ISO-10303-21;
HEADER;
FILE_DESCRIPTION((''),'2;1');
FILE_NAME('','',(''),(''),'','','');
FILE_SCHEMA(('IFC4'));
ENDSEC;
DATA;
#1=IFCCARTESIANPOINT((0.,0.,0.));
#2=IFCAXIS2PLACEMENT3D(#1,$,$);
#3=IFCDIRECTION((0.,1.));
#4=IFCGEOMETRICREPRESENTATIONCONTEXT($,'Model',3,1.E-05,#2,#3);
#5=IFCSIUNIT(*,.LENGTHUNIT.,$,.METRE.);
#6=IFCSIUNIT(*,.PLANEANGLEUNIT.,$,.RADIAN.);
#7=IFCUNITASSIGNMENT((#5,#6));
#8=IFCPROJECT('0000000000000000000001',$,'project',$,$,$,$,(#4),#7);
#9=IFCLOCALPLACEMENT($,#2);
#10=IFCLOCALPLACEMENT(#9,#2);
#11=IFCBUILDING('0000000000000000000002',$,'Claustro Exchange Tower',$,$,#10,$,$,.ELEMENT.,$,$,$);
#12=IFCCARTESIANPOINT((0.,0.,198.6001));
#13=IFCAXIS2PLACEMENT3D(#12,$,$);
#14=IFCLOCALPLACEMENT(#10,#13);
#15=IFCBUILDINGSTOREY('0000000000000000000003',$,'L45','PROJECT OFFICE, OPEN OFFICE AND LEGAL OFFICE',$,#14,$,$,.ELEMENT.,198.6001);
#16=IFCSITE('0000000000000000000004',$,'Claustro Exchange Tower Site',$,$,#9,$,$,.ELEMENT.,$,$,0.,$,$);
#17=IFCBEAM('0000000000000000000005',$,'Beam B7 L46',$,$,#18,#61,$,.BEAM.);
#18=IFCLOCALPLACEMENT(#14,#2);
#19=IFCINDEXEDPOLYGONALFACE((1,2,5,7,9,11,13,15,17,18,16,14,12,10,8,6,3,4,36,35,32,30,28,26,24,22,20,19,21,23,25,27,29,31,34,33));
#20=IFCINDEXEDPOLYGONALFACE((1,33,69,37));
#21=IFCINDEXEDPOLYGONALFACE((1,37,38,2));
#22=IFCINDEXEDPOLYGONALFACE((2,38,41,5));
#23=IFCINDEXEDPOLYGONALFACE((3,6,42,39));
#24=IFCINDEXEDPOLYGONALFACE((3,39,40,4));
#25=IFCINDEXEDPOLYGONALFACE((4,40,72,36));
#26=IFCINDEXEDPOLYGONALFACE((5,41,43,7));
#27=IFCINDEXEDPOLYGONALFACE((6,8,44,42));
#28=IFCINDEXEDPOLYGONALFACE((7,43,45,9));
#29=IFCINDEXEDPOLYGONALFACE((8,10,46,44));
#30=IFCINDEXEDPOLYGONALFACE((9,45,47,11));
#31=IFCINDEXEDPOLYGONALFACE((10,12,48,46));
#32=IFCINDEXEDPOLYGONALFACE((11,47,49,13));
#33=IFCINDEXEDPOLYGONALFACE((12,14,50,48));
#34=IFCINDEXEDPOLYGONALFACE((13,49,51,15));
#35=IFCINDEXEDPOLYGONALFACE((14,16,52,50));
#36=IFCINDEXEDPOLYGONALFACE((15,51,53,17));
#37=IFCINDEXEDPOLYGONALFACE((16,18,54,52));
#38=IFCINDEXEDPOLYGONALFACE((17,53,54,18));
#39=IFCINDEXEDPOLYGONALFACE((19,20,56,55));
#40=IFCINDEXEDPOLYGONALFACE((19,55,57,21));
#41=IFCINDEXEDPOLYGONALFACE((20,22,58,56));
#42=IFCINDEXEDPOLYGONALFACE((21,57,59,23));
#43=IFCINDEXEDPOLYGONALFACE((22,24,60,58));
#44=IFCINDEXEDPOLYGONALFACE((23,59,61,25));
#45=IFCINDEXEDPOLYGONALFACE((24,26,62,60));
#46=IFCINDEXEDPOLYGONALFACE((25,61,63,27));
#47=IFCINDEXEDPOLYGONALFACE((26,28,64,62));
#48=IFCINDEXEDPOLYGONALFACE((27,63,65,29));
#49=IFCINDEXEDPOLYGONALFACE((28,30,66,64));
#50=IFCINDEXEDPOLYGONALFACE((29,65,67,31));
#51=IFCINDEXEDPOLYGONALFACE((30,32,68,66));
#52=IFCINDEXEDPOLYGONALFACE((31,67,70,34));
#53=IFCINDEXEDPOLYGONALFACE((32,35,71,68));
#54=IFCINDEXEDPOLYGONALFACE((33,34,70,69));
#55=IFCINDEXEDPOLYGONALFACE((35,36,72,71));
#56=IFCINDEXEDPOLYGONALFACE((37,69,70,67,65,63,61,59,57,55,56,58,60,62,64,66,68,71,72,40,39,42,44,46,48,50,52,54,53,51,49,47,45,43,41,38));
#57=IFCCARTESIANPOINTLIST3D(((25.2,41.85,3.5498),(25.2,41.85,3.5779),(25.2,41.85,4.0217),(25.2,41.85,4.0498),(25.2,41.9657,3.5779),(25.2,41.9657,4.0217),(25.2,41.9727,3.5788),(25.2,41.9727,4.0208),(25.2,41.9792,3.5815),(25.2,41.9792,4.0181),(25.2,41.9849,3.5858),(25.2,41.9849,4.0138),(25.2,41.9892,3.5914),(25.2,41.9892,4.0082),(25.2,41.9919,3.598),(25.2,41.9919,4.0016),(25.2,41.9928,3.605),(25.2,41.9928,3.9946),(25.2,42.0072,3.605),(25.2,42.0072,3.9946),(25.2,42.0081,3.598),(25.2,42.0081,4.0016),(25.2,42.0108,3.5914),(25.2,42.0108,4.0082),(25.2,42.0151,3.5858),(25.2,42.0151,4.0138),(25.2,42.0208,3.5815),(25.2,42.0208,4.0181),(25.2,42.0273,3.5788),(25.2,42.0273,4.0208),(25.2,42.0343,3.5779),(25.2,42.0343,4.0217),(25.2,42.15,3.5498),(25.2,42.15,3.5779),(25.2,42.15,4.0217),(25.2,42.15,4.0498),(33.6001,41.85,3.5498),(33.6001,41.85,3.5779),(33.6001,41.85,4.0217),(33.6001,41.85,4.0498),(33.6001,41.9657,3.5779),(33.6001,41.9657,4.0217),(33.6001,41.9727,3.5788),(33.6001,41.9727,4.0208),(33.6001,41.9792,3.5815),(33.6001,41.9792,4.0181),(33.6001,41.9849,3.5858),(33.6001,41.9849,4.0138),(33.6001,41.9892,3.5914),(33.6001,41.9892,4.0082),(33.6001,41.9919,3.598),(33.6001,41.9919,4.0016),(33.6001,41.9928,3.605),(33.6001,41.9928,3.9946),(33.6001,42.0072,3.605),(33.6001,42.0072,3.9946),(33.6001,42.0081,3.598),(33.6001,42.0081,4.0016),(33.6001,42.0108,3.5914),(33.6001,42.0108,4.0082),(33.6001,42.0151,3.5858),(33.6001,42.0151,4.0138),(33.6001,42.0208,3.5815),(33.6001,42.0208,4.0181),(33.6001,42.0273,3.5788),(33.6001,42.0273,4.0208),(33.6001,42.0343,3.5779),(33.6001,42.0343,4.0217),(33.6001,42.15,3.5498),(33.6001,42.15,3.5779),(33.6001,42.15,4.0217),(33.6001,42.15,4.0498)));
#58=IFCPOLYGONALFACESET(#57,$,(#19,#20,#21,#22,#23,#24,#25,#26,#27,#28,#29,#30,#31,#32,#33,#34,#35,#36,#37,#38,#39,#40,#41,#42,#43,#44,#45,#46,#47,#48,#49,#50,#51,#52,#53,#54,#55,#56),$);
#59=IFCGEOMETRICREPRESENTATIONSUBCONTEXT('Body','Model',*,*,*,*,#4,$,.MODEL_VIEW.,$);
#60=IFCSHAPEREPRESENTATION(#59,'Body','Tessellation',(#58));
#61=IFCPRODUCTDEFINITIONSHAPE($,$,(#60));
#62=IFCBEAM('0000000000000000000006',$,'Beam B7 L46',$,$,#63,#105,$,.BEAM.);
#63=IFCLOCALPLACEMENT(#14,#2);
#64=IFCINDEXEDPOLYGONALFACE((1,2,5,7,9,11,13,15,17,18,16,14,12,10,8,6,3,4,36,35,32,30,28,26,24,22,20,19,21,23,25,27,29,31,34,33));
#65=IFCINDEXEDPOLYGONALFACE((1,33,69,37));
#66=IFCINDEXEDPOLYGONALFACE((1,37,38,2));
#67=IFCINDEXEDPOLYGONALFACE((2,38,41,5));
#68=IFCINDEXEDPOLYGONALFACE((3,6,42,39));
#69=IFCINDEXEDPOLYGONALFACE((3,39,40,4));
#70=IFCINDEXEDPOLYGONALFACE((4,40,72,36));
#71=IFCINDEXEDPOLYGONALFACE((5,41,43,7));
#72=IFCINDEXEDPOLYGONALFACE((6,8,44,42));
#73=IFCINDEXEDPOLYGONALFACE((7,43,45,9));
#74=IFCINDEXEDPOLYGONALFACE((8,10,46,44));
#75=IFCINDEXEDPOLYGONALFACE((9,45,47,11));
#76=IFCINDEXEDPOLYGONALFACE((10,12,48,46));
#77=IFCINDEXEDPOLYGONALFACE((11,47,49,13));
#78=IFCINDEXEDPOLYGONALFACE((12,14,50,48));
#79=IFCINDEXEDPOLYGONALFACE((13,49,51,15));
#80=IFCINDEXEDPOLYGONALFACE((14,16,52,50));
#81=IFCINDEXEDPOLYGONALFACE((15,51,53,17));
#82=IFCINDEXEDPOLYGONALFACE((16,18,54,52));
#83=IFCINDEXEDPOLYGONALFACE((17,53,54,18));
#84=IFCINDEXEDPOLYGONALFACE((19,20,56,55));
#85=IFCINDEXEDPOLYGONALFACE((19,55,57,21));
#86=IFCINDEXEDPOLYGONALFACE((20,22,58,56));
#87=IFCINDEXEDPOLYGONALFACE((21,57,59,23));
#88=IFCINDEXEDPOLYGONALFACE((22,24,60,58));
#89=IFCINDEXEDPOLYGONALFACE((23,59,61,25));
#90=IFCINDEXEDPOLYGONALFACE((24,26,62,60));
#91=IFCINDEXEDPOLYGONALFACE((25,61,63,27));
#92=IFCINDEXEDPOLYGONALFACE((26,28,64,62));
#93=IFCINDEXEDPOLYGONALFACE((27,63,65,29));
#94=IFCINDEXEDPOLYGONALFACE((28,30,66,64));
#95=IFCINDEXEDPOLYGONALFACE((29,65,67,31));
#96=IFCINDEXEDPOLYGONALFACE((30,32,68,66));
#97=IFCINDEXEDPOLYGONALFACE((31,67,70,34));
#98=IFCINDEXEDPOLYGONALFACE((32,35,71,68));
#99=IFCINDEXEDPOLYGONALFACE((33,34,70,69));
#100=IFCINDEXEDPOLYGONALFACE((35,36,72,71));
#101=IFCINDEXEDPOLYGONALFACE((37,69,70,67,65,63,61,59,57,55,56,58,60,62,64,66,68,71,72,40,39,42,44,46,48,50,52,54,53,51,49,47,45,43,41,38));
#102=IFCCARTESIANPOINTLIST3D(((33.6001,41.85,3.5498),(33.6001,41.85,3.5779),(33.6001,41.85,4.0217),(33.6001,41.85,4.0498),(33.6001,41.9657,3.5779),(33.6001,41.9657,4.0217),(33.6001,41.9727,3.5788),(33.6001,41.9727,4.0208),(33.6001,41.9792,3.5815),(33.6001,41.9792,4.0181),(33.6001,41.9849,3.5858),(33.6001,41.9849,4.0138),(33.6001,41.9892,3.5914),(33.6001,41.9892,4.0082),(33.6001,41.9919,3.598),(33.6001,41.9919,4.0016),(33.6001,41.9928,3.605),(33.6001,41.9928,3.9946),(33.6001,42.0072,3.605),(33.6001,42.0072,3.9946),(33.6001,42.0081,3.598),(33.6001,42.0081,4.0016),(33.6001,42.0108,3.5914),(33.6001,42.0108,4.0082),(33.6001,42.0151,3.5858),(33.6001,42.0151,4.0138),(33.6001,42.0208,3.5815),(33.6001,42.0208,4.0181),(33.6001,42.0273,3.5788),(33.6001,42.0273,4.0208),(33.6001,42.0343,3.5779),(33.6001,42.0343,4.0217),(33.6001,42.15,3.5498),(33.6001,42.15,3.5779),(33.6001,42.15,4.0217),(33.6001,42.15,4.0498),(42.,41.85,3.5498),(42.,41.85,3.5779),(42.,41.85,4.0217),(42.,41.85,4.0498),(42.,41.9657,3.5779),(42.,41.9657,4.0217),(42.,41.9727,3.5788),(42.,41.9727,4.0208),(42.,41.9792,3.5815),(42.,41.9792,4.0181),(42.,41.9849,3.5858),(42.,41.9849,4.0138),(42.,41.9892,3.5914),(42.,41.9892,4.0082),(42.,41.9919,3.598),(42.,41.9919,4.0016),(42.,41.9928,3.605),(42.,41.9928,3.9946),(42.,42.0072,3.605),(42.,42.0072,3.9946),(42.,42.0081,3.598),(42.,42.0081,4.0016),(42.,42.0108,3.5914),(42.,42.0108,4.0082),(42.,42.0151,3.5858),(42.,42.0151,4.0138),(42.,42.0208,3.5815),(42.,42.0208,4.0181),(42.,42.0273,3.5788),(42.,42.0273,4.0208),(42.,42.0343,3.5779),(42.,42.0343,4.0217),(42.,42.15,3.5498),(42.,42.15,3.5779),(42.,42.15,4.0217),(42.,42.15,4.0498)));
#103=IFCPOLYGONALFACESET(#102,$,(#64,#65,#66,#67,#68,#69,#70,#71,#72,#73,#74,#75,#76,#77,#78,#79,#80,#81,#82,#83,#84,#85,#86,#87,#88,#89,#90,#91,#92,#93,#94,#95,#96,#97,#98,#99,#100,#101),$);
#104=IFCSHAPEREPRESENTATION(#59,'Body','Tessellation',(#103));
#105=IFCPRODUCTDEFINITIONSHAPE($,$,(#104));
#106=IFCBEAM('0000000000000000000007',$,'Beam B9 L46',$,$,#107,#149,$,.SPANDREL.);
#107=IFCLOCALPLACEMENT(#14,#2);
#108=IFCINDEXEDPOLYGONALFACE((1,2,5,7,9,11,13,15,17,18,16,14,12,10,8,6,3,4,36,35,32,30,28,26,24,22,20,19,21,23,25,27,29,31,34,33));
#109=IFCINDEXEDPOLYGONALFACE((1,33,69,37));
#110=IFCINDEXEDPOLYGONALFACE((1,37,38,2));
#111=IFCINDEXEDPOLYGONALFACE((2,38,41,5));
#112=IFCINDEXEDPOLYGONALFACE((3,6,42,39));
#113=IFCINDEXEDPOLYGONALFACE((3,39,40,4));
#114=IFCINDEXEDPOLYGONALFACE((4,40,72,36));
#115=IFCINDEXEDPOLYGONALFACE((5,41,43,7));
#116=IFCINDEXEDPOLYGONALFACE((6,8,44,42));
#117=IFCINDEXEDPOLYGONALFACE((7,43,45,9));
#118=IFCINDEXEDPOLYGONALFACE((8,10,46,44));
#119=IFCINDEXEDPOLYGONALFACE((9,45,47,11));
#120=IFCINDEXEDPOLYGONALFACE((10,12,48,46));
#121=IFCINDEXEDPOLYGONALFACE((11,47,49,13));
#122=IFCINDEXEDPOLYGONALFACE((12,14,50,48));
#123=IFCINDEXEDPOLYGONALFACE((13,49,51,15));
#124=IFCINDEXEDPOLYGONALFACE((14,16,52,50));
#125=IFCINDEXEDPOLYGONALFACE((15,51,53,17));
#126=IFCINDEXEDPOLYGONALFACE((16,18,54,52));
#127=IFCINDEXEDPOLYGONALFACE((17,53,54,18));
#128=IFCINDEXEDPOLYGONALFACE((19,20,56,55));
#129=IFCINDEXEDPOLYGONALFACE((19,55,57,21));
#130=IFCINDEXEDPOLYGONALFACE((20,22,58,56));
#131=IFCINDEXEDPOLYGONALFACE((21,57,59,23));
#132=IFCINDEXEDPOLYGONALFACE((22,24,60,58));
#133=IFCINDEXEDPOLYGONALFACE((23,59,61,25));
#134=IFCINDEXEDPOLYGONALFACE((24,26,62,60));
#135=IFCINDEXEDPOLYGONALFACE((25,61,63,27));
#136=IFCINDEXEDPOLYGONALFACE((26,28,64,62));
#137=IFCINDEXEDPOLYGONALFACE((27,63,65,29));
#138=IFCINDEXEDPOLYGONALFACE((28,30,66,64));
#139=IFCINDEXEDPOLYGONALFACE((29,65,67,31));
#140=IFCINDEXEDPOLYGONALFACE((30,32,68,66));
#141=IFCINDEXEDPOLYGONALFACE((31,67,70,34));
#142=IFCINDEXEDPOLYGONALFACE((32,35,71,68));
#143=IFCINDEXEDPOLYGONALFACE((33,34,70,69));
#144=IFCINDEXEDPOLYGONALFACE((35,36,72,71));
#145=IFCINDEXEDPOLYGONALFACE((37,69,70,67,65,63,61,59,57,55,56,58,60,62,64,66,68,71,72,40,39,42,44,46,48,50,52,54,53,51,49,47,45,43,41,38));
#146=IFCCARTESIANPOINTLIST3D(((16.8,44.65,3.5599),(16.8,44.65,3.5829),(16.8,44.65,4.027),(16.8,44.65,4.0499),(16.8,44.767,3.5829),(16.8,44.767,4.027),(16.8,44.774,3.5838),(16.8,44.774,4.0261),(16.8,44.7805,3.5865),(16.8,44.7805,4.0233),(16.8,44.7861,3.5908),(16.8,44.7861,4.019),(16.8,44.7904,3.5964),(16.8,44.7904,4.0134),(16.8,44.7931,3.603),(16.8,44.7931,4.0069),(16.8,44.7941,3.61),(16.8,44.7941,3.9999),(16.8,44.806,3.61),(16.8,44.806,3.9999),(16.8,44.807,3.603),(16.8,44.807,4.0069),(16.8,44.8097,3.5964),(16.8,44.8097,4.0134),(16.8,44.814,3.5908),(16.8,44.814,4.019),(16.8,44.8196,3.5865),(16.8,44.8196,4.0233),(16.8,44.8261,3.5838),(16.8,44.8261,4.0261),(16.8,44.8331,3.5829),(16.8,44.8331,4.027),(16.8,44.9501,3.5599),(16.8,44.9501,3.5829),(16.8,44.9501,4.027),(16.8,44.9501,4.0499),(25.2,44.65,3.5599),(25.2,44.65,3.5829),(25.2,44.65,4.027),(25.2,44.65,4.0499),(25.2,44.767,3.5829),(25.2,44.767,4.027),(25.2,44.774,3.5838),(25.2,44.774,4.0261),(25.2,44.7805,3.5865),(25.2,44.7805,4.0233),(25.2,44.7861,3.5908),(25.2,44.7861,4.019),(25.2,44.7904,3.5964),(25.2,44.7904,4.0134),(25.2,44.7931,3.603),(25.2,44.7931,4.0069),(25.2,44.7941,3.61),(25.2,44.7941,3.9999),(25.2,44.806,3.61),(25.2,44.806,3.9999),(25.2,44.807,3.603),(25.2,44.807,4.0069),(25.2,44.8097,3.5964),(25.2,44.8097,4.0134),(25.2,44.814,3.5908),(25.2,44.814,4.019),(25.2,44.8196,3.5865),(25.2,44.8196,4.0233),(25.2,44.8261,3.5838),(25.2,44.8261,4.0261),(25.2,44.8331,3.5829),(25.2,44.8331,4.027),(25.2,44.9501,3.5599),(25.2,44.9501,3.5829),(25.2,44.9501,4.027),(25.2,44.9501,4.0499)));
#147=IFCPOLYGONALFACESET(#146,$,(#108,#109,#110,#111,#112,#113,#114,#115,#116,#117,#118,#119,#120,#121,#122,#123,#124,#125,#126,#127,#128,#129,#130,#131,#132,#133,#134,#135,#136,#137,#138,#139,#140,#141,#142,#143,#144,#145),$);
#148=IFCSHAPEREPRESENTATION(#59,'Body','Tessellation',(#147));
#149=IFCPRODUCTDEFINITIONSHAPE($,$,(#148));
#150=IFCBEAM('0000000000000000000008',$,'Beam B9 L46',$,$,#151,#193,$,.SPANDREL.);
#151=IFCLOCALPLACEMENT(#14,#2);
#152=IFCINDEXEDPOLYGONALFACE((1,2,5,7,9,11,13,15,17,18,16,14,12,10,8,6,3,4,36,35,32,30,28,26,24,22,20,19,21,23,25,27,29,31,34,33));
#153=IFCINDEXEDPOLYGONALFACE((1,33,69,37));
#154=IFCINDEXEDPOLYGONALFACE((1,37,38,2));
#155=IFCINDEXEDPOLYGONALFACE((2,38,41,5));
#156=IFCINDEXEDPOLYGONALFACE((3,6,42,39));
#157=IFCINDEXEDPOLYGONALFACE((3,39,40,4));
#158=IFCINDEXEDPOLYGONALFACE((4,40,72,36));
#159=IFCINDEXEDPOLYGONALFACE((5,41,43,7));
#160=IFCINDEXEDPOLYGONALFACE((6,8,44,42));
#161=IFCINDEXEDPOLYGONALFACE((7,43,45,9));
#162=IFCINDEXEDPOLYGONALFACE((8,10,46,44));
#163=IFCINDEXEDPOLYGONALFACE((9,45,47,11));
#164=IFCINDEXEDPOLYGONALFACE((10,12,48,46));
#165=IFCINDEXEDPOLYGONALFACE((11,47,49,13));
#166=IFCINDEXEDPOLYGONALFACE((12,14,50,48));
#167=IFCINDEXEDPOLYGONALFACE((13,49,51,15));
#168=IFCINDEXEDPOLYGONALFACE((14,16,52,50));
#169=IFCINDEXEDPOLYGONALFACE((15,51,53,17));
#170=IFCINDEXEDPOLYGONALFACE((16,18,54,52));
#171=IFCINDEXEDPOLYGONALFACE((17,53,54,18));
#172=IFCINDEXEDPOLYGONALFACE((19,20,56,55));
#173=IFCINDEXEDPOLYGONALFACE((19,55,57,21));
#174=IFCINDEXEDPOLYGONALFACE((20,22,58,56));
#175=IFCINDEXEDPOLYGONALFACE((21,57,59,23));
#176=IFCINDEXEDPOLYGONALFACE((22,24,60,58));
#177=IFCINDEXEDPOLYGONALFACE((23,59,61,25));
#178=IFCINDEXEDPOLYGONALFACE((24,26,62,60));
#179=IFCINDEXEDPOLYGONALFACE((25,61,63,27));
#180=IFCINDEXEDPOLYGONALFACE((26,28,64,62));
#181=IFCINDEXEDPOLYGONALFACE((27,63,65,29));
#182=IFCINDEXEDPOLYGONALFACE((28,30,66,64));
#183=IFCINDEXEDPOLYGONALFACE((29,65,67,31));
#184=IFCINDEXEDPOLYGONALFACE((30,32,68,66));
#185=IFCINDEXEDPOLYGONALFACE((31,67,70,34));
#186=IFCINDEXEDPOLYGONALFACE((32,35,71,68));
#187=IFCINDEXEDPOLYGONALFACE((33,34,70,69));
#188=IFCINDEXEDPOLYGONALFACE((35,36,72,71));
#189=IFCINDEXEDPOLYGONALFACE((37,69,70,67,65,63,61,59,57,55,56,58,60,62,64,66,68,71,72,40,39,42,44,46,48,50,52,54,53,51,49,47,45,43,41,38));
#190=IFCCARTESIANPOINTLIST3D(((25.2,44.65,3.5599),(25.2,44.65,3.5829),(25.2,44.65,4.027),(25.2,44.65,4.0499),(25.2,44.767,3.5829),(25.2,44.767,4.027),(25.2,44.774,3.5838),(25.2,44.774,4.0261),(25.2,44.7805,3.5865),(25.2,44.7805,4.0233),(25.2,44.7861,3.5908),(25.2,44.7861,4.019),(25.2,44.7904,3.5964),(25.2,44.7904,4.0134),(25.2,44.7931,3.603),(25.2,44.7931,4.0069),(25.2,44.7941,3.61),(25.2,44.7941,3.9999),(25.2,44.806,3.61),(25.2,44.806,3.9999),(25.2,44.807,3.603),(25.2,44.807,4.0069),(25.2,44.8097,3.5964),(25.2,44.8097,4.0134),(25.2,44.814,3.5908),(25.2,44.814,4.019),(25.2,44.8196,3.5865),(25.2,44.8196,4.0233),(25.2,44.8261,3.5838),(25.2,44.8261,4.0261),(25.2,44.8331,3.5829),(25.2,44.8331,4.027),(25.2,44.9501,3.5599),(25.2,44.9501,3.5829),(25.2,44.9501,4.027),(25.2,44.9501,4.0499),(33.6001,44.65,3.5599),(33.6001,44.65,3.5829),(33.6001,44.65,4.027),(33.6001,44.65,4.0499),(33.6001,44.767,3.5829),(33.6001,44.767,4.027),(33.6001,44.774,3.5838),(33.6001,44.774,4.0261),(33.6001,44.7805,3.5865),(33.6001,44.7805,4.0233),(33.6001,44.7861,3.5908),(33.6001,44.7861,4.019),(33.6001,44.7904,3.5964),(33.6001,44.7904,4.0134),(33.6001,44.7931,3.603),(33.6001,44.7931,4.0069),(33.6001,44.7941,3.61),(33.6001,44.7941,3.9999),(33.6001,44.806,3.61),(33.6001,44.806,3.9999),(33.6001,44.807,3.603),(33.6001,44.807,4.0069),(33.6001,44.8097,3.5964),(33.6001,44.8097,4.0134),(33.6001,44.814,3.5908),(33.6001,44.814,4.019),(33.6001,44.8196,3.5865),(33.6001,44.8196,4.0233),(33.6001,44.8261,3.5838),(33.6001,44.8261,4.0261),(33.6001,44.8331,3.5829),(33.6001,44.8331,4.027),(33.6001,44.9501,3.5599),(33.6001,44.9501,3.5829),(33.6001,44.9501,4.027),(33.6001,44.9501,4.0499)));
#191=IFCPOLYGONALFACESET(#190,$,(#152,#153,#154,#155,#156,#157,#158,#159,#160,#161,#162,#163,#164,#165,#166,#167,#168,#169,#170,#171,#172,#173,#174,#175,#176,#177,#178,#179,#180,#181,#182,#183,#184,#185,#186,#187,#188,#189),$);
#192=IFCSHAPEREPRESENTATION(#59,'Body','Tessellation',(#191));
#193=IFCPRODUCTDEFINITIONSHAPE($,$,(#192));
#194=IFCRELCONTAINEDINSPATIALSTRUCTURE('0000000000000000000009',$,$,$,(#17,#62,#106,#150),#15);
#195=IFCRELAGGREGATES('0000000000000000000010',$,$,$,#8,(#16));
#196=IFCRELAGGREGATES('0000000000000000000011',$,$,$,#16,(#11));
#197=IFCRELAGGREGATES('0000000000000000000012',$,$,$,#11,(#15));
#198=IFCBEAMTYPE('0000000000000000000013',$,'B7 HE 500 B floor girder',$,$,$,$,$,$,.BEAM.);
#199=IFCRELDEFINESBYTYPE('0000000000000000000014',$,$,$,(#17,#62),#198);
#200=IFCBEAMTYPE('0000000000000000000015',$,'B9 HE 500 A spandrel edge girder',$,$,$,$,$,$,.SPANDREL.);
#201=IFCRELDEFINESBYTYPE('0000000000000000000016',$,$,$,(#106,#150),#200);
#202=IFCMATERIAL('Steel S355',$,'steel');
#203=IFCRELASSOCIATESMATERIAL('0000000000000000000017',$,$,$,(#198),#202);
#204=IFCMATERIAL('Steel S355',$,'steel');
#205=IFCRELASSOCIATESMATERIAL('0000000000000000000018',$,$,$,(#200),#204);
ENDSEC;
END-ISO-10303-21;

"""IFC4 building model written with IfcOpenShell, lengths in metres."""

from ifc_helpers import new_model, si_unit, direction, frame, origin, origin_2d, place, context, subcontext, project, spatial, i_section, extrude, material, material_profile, profile_set, type_object, element, save


model = new_model("IFC4")

# Units and contexts
model_context = context("Model", 3, precision=1e-05, world=origin(), true_north=direction((0.0, 1.0)))
body_context = subcontext(model_context, "Body", "Model", "MODEL_VIEW")
ifc_project = project(units=[si_unit("LENGTHUNIT", "METRE"), si_unit("PLANEANGLEUNIT", "RADIAN")], contexts=[model_context])

# Site, building, storey
site_placement = place(None, origin())
site = spatial("IfcSite", under=ifc_project, at=site_placement, Name="Claustro Exchange Tower Site", CompositionType="ELEMENT", RefElevation=0.0)
building_placement = place(site_placement, origin())
building = spatial("IfcBuilding", under=site, at=building_placement, Name="Claustro Exchange Tower", CompositionType="ELEMENT")
storey_placement = place(building_placement, frame((0.0, 0.0, 198.6001)))
storey = spatial("IfcBuildingStorey", under=building, at=storey_placement, Name="L45", Description="PROJECT OFFICE, OPEN OFFICE AND LEGAL OFFICE", CompositionType="ELEMENT", Elevation=198.6001)

# Beams
ifc_material_1 = material(Name="Steel S355", Category="steel")
ifc_material_profile_1 = material_profile(ifc_material_1, i_section(OverallWidth=0.3, OverallDepth=0.5, WebThickness=0.0144, FlangeThickness=0.0281, FilletRadius=0.0271, at=origin_2d()), Name="HE 500 B")
ifc_profile_set_1 = profile_set([ifc_material_profile_1], Name="Steel S355")
beam_type_1 = type_object("IfcBeamType", Name="B7 HE 500 B floor girder", PredefinedType="BEAM", material=ifc_profile_set_1)
beam_1_placement = place(storey_placement, frame((25.2, 42.0, 3.7998), z_axis=(1.0, 0.0, 0.0), x_axis=(0.0, 1.0, 0.0)))
element("IfcBeam", 1, at=beam_1_placement, inside=storey, type_object=beam_type_1, Name="Beam B7 L46", PredefinedType="BEAM", context=body_context, shape_type="SweptSolid", body=[
    extrude(i_section(OverallWidth=0.3, OverallDepth=0.5, WebThickness=0.0144, FlangeThickness=0.0281, FilletRadius=0.0271, at=origin_2d()), origin(), (0.0, 0.0, 1.0), 8.4001),
])
beam_2_placement = place(storey_placement, frame((33.6001, 42.0, 3.7998), z_axis=(1.0, 0.0, 0.0), x_axis=(0.0, 1.0, 0.0)))
element("IfcBeam", 2, at=beam_2_placement, inside=storey, type_object=beam_type_1, Name="Beam B7 L46", PredefinedType="BEAM", context=body_context, shape_type="SweptSolid", body=[
    extrude(i_section(OverallWidth=0.3, OverallDepth=0.5, WebThickness=0.0144, FlangeThickness=0.0281, FilletRadius=0.0271, at=origin_2d()), origin(), (0.0, 0.0, 1.0), 8.3999),
])
ifc_material_2 = material(Name="Steel S355", Category="steel")
ifc_material_profile_2 = material_profile(ifc_material_2, i_section(OverallWidth=0.3, OverallDepth=0.49, WebThickness=0.012, FlangeThickness=0.0229, FilletRadius=0.0271, at=origin_2d()), Name="HE 500 A")
ifc_profile_set_2 = profile_set([ifc_material_profile_2], Name="Steel S355")
beam_type_2 = type_object("IfcBeamType", Name="B9 HE 500 A spandrel edge girder", PredefinedType="SPANDREL", material=ifc_profile_set_2)
beam_3_placement = place(storey_placement, frame((16.8, 44.8, 3.8049), z_axis=(1.0, 0.0, 0.0), x_axis=(0.0, 1.0, 0.0)))
element("IfcBeam", 3, at=beam_3_placement, inside=storey, type_object=beam_type_2, Name="Beam B9 L46", PredefinedType="SPANDREL", context=body_context, shape_type="SweptSolid", body=[
    extrude(i_section(OverallWidth=0.3, OverallDepth=0.49, WebThickness=0.012, FlangeThickness=0.0229, FilletRadius=0.0271, at=origin_2d()), origin(), (0.0, 0.0, 1.0), 8.3999),
])
beam_4_placement = place(storey_placement, frame((25.2, 44.8, 3.8049), z_axis=(1.0, 0.0, 0.0), x_axis=(0.0, 1.0, 0.0)))
element("IfcBeam", 4, at=beam_4_placement, inside=storey, type_object=beam_type_2, Name="Beam B9 L46", PredefinedType="SPANDREL", context=body_context, shape_type="SweptSolid", body=[
    extrude(i_section(OverallWidth=0.3, OverallDepth=0.49, WebThickness=0.012, FlangeThickness=0.0229, FilletRadius=0.0271, at=origin_2d()), origin(), (0.0, 0.0, 1.0), 8.4001),
])

save(model, "model.ifc")
